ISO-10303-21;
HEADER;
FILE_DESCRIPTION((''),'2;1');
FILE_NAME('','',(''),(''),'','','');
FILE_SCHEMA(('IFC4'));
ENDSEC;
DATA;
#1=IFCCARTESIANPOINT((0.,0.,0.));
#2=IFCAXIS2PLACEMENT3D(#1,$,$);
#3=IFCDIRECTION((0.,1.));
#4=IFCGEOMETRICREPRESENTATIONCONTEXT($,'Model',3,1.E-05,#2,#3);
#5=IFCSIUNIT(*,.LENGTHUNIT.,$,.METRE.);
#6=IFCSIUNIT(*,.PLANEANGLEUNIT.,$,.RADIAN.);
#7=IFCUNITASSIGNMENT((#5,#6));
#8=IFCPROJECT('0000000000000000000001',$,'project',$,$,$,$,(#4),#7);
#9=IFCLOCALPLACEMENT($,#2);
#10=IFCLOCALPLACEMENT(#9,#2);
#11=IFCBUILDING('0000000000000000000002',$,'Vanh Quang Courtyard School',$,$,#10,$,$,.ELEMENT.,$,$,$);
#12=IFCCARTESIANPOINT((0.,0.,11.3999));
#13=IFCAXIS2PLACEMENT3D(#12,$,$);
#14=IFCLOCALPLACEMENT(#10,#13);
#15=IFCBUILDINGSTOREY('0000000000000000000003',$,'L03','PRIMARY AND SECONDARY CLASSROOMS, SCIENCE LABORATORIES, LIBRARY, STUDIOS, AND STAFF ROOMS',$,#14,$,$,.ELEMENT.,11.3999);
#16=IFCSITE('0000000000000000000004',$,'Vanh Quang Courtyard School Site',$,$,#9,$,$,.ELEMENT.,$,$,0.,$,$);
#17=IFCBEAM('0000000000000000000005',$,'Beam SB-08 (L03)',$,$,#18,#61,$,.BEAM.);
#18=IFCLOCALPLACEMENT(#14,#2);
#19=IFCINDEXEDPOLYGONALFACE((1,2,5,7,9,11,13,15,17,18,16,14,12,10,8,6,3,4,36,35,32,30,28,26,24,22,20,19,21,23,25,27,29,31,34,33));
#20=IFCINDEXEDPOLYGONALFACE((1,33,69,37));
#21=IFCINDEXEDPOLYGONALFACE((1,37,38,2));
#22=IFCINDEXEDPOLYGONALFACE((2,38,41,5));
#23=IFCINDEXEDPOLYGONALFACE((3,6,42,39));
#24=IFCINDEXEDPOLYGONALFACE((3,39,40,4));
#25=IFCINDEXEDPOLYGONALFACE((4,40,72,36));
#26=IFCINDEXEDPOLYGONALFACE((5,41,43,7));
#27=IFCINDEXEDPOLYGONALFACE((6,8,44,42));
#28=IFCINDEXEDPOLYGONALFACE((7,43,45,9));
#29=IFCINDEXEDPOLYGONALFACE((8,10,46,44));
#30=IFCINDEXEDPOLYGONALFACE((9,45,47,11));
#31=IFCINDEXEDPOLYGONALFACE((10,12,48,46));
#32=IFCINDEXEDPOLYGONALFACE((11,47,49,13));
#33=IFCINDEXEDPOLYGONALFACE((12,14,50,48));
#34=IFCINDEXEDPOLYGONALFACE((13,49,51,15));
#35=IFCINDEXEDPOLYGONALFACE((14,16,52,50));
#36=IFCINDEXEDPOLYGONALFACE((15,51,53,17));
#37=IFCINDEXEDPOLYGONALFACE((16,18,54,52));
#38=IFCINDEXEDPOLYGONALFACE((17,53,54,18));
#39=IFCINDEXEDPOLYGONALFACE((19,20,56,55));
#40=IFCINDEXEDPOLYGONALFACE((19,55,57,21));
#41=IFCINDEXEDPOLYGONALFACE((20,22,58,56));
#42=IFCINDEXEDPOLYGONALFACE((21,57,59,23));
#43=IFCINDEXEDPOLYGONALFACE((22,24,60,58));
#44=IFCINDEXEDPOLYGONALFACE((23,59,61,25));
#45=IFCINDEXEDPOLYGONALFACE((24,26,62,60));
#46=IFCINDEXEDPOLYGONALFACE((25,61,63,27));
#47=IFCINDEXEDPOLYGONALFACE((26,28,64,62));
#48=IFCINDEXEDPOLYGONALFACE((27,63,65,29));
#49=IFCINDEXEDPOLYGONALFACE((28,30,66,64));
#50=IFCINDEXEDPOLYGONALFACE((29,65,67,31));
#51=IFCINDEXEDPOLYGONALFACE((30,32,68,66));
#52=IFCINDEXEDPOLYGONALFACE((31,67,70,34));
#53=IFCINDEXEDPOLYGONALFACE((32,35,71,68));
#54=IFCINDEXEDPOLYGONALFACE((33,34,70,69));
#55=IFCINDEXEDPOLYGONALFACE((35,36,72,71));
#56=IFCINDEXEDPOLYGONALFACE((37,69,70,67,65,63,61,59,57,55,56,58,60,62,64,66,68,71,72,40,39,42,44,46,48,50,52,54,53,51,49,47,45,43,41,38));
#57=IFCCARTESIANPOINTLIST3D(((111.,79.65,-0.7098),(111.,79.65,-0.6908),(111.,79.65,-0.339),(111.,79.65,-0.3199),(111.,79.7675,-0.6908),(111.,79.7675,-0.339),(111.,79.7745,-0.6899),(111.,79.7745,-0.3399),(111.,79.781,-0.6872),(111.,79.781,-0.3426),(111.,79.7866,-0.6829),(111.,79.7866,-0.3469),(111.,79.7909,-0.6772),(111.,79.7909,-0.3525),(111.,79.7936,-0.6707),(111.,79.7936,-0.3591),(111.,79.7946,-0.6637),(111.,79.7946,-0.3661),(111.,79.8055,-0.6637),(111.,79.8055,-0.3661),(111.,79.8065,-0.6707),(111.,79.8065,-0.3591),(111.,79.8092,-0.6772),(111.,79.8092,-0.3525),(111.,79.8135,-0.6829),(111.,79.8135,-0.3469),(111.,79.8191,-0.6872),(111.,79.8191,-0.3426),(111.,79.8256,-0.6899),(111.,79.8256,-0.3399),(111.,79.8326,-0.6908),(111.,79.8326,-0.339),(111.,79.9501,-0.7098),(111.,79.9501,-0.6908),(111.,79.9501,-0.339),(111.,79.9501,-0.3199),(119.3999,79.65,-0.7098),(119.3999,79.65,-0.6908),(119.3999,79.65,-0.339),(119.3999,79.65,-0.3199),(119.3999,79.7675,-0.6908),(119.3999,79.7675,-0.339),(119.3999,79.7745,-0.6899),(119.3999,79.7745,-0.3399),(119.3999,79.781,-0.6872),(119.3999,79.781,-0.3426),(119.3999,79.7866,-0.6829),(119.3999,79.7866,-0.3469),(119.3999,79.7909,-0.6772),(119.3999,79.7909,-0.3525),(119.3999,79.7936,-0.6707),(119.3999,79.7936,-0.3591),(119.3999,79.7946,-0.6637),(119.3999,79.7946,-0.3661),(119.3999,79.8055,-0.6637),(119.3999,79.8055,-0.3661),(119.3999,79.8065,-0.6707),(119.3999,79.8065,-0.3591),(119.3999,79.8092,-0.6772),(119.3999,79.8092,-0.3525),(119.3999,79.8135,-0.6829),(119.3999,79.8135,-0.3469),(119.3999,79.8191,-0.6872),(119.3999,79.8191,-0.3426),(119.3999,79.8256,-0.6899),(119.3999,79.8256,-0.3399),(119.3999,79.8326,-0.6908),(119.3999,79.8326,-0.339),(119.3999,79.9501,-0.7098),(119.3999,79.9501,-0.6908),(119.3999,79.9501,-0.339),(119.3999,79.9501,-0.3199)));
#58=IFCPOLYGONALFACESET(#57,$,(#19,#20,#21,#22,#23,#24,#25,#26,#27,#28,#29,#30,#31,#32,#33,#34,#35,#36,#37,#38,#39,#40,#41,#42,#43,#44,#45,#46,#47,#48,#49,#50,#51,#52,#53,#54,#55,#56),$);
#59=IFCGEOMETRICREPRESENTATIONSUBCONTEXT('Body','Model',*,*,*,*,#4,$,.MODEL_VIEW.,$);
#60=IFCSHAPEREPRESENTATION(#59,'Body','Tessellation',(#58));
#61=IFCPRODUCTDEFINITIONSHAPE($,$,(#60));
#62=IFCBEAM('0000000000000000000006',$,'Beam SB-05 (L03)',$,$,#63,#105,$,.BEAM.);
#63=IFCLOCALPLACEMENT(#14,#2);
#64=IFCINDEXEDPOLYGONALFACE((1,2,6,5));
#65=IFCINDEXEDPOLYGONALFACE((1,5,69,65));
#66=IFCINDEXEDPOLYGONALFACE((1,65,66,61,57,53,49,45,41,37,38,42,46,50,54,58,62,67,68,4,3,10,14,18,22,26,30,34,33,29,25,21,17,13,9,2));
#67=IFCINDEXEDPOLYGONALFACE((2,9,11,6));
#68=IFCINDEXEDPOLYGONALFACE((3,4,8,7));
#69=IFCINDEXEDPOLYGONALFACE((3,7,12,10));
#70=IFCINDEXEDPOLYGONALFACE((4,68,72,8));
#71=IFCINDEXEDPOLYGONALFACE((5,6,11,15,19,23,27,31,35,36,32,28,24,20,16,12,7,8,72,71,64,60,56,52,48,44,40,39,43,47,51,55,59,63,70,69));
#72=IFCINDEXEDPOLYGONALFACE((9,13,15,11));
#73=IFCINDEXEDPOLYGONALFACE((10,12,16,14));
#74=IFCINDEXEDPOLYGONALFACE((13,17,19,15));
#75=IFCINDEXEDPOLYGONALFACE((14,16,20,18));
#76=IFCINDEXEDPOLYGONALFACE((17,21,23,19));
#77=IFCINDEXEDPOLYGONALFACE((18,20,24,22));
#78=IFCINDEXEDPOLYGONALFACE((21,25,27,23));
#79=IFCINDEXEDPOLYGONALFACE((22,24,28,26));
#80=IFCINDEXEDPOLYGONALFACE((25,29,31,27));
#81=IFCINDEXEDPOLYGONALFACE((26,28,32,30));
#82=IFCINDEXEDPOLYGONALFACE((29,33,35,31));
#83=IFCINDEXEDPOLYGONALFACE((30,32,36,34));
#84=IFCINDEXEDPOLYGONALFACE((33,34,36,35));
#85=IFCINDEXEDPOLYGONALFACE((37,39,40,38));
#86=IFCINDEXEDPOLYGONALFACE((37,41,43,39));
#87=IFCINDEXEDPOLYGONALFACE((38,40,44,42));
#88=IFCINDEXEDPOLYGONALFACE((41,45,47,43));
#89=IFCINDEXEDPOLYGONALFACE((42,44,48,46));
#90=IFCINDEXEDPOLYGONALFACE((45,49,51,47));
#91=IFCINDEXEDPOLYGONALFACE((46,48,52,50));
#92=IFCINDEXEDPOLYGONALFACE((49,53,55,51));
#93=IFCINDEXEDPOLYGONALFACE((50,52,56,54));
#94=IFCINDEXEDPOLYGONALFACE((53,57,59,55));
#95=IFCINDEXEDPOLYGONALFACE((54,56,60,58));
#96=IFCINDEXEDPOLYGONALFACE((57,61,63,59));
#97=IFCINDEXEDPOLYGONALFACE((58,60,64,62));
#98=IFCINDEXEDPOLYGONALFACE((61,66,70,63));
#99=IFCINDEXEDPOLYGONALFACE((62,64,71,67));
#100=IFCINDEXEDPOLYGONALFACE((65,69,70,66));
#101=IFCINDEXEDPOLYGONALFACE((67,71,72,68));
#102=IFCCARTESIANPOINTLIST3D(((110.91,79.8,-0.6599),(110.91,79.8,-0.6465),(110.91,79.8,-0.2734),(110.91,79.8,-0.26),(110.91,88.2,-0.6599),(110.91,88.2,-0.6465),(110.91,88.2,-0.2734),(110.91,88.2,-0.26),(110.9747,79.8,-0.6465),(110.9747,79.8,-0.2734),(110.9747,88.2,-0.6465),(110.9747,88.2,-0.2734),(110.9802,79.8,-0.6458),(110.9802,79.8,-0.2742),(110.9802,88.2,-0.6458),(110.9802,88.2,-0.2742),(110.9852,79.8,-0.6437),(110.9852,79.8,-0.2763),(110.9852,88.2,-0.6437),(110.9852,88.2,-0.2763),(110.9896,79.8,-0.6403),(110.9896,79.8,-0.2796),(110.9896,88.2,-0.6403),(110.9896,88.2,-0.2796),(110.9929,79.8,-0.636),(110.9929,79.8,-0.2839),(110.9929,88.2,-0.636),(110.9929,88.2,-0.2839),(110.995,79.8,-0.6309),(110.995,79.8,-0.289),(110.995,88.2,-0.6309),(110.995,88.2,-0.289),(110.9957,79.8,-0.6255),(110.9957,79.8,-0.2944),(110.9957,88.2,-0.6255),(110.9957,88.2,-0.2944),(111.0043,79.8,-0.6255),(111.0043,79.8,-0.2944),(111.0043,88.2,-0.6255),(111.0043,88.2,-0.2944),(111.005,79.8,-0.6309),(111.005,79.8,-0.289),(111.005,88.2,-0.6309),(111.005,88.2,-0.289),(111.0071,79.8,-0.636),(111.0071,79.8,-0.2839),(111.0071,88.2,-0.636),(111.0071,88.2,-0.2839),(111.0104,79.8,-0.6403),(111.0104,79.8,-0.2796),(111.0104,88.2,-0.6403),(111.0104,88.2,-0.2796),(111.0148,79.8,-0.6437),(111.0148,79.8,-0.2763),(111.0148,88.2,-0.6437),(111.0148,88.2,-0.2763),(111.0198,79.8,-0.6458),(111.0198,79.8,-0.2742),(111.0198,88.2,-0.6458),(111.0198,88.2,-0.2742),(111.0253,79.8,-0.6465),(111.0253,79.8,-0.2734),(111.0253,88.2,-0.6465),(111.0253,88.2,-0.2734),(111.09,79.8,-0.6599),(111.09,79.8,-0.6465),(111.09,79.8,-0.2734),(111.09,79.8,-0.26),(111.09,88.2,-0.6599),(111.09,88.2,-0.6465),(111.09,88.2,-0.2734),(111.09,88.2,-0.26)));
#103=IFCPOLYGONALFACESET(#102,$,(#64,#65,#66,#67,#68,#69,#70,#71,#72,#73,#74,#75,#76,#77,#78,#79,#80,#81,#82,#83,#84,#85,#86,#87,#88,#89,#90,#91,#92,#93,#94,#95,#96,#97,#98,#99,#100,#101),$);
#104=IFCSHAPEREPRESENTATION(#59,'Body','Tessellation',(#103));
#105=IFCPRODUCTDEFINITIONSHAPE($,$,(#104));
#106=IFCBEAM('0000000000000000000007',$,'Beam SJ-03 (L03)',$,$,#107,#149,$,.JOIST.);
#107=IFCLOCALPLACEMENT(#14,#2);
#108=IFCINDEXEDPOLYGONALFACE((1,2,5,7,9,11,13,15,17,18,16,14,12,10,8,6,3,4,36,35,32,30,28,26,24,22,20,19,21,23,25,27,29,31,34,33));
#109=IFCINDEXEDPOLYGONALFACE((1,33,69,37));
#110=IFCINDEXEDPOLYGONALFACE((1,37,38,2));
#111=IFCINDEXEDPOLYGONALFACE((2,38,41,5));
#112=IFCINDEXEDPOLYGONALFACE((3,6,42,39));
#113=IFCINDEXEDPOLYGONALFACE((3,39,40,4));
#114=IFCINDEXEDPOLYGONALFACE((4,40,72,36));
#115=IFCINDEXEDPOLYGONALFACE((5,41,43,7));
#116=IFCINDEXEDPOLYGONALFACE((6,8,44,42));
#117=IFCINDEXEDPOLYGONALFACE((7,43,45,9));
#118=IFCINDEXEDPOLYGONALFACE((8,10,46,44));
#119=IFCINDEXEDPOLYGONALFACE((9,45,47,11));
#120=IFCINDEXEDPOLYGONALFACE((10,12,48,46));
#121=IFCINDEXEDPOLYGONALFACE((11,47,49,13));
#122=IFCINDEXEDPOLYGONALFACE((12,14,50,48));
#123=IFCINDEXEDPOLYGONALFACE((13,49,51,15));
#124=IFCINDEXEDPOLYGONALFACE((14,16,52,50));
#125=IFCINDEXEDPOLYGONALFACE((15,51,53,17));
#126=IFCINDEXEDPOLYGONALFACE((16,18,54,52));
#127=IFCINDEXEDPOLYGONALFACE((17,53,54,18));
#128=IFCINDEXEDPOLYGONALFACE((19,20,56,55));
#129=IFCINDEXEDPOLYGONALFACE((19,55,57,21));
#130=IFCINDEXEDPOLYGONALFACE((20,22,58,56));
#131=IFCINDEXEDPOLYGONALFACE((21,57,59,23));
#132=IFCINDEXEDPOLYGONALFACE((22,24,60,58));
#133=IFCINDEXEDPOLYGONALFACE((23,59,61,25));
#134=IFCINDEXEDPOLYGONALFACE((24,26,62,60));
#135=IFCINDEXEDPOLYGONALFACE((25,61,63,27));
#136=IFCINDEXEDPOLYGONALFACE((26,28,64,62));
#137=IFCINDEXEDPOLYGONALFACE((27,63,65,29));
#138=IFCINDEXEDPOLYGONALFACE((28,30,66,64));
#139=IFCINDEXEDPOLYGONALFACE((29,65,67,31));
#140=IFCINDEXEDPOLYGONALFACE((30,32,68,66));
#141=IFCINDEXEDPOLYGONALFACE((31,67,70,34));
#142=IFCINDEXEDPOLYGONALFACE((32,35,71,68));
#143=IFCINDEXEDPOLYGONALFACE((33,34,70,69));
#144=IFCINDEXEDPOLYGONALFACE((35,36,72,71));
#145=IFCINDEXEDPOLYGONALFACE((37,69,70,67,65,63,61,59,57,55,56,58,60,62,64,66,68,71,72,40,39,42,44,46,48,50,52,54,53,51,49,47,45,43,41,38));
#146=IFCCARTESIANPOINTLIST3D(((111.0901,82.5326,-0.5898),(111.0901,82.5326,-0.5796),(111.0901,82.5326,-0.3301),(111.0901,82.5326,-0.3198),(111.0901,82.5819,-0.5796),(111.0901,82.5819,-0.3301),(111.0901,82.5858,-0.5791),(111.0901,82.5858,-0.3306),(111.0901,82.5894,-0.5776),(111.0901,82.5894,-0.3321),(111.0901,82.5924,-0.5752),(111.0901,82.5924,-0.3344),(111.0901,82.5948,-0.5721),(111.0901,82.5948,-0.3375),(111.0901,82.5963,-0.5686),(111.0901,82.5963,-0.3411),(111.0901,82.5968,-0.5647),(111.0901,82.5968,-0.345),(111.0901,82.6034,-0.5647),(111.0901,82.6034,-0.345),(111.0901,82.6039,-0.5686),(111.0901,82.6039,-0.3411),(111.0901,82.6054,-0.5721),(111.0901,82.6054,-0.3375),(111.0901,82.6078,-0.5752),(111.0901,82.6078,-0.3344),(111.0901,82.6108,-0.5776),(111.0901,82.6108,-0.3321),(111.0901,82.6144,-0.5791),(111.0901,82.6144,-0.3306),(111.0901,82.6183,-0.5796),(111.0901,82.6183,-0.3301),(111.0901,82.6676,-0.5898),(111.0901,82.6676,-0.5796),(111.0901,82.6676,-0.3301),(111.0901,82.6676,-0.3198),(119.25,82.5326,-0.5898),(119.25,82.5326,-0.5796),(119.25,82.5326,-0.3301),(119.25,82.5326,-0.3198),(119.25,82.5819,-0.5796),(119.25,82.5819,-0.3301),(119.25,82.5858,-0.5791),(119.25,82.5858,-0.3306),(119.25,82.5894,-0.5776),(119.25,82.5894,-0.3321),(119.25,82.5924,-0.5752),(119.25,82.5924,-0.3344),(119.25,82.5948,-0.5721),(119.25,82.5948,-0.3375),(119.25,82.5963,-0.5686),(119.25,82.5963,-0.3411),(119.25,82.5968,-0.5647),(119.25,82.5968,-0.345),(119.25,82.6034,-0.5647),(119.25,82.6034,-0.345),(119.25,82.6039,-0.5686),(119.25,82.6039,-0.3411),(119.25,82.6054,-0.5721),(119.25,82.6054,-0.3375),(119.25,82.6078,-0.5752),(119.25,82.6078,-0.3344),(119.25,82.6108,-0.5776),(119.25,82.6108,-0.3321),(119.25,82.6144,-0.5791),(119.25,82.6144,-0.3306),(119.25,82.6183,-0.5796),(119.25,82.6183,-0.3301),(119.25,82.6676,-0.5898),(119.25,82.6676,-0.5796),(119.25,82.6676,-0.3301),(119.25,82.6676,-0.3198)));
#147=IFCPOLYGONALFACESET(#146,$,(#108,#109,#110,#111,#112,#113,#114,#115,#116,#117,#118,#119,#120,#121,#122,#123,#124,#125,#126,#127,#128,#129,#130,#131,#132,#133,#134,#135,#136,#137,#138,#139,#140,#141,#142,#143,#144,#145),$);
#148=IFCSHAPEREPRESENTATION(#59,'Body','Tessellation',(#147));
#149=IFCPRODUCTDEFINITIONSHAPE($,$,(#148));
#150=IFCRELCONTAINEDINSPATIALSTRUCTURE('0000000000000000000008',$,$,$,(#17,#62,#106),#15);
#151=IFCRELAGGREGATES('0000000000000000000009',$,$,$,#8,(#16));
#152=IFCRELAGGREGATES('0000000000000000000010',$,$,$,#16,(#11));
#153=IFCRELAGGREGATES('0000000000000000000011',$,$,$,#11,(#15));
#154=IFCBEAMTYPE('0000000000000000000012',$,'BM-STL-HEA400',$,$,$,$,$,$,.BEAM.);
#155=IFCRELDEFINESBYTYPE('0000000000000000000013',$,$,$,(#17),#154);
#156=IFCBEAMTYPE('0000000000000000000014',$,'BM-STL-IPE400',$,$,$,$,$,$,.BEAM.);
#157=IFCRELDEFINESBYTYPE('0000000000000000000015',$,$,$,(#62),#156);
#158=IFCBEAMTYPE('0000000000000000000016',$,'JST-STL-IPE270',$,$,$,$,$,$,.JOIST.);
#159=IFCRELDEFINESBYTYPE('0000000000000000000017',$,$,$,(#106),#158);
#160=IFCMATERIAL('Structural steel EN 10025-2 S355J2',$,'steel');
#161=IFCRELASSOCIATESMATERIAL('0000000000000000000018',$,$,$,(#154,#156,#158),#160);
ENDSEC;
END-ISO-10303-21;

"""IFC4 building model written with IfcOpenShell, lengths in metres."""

from ifc_helpers import new_model, si_unit, direction, frame, origin, origin_2d, place, context, subcontext, project, spatial, i_section, extrude, material, material_profile, profile_set, type_object, element, save


model = new_model("IFC4")

# Units and contexts
model_context = context("Model", 3, precision=1e-05, world=origin(), true_north=direction((0.0, 1.0)))
body_context = subcontext(model_context, "Body", "Model", "MODEL_VIEW")
ifc_project = project(units=[si_unit("LENGTHUNIT", "METRE"), si_unit("PLANEANGLEUNIT", "RADIAN")], contexts=[model_context])

# Site, building, storey
site_placement = place(None, origin())
site = spatial("IfcSite", under=ifc_project, at=site_placement, Name="Vanh Quang Courtyard School Site", CompositionType="ELEMENT", RefElevation=0.0)
building_placement = place(site_placement, origin())
building = spatial("IfcBuilding", under=site, at=building_placement, Name="Vanh Quang Courtyard School", CompositionType="ELEMENT")
storey_placement = place(building_placement, frame((0.0, 0.0, 11.3999)))
storey = spatial("IfcBuildingStorey", under=building, at=storey_placement, Name="L03", Description="PRIMARY AND SECONDARY CLASSROOMS, SCIENCE LABORATORIES, LIBRARY, STUDIOS, AND STAFF ROOMS", CompositionType="ELEMENT", Elevation=11.3999)

# Beams
ifc_material_1 = material(Name="Structural steel EN 10025-2 S355J2", Category="steel")
ifc_material_profile_1 = material_profile(ifc_material_1, i_section(OverallWidth=0.3, OverallDepth=0.3899, WebThickness=0.011, FlangeThickness=0.019, FilletRadius=0.0271, at=origin_2d()), Name="HEA 400")
ifc_profile_set_1 = profile_set([ifc_material_profile_1], Name="Structural steel EN 10025-2 S355J2")
beam_type_1 = type_object("IfcBeamType", Name="BM-STL-HEA400", PredefinedType="BEAM", material=ifc_profile_set_1)
for number, where, z_axis, x_axis, name in (
    (1, (111.0, 79.8, -0.5149), (1.0, 0.0, 0.0), (0.0, 1.0, 0.0), "Beam SB-08 (L03)"),
):
    element("IfcBeam", number, at=place(storey_placement, frame(where, z_axis=z_axis, x_axis=x_axis)), inside=storey, type_object=beam_type_1, Name=name, PredefinedType="BEAM", context=body_context, shape_type="SweptSolid", body=[
        extrude(i_section(OverallWidth=0.3, OverallDepth=0.3899, WebThickness=0.011, FlangeThickness=0.019, FilletRadius=0.0271, at=origin_2d()), origin(), (0.0, 0.0, 1.0), 8.3999),
    ])
ifc_material_profile_2 = material_profile(ifc_material_1, i_section(OverallWidth=0.1799, OverallDepth=0.3999, WebThickness=0.0085, FlangeThickness=0.0134, FilletRadius=0.021, at=origin_2d()), Name="IPE 400")
ifc_profile_set_2 = profile_set([ifc_material_profile_2], Name="Structural steel EN 10025-2 S355J2")
beam_type_2 = type_object("IfcBeamType", Name="BM-STL-IPE400", PredefinedType="BEAM", material=ifc_profile_set_2)
beam_1_placement = place(storey_placement, frame((111.0, 79.8, -0.46), z_axis=(0.0, 1.0, 0.0), x_axis=(-1.0, 0.0, 0.0)))
element("IfcBeam", 2, at=beam_1_placement, inside=storey, type_object=beam_type_2, Name="Beam SB-05 (L03)", PredefinedType="BEAM", context=body_context, shape_type="SweptSolid", body=[
    extrude(i_section(OverallWidth=0.1799, OverallDepth=0.3999, WebThickness=0.0085, FlangeThickness=0.0134, FilletRadius=0.021, at=origin_2d()), origin(), (0.0, 0.0, 1.0), 8.3999),
])
ifc_material_profile_3 = material_profile(ifc_material_1, i_section(OverallWidth=0.135, OverallDepth=0.27, WebThickness=0.0066, FlangeThickness=0.0103, FilletRadius=0.0149, at=origin_2d()), Name="IPE 270")
ifc_profile_set_3 = profile_set([ifc_material_profile_3], Name="Structural steel EN 10025-2 S355J2")
beam_type_3 = type_object("IfcBeamType", Name="JST-STL-IPE270", PredefinedType="JOIST", material=ifc_profile_set_3)
beam_2_placement = place(storey_placement, frame((111.0901, 82.6001, -0.4548), z_axis=(1.0, 0.0, 0.0), x_axis=(0.0, 1.0, 0.0)))
element("IfcBeam", 3, at=beam_2_placement, inside=storey, type_object=beam_type_3, Name="Beam SJ-03 (L03)", PredefinedType="JOIST", context=body_context, shape_type="SweptSolid", body=[
    extrude(i_section(OverallWidth=0.135, OverallDepth=0.27, WebThickness=0.0066, FlangeThickness=0.0103, FilletRadius=0.0149, at=origin_2d()), origin(), (0.0, 0.0, 1.0), 8.1599),
])

save(model, "model.ifc")
